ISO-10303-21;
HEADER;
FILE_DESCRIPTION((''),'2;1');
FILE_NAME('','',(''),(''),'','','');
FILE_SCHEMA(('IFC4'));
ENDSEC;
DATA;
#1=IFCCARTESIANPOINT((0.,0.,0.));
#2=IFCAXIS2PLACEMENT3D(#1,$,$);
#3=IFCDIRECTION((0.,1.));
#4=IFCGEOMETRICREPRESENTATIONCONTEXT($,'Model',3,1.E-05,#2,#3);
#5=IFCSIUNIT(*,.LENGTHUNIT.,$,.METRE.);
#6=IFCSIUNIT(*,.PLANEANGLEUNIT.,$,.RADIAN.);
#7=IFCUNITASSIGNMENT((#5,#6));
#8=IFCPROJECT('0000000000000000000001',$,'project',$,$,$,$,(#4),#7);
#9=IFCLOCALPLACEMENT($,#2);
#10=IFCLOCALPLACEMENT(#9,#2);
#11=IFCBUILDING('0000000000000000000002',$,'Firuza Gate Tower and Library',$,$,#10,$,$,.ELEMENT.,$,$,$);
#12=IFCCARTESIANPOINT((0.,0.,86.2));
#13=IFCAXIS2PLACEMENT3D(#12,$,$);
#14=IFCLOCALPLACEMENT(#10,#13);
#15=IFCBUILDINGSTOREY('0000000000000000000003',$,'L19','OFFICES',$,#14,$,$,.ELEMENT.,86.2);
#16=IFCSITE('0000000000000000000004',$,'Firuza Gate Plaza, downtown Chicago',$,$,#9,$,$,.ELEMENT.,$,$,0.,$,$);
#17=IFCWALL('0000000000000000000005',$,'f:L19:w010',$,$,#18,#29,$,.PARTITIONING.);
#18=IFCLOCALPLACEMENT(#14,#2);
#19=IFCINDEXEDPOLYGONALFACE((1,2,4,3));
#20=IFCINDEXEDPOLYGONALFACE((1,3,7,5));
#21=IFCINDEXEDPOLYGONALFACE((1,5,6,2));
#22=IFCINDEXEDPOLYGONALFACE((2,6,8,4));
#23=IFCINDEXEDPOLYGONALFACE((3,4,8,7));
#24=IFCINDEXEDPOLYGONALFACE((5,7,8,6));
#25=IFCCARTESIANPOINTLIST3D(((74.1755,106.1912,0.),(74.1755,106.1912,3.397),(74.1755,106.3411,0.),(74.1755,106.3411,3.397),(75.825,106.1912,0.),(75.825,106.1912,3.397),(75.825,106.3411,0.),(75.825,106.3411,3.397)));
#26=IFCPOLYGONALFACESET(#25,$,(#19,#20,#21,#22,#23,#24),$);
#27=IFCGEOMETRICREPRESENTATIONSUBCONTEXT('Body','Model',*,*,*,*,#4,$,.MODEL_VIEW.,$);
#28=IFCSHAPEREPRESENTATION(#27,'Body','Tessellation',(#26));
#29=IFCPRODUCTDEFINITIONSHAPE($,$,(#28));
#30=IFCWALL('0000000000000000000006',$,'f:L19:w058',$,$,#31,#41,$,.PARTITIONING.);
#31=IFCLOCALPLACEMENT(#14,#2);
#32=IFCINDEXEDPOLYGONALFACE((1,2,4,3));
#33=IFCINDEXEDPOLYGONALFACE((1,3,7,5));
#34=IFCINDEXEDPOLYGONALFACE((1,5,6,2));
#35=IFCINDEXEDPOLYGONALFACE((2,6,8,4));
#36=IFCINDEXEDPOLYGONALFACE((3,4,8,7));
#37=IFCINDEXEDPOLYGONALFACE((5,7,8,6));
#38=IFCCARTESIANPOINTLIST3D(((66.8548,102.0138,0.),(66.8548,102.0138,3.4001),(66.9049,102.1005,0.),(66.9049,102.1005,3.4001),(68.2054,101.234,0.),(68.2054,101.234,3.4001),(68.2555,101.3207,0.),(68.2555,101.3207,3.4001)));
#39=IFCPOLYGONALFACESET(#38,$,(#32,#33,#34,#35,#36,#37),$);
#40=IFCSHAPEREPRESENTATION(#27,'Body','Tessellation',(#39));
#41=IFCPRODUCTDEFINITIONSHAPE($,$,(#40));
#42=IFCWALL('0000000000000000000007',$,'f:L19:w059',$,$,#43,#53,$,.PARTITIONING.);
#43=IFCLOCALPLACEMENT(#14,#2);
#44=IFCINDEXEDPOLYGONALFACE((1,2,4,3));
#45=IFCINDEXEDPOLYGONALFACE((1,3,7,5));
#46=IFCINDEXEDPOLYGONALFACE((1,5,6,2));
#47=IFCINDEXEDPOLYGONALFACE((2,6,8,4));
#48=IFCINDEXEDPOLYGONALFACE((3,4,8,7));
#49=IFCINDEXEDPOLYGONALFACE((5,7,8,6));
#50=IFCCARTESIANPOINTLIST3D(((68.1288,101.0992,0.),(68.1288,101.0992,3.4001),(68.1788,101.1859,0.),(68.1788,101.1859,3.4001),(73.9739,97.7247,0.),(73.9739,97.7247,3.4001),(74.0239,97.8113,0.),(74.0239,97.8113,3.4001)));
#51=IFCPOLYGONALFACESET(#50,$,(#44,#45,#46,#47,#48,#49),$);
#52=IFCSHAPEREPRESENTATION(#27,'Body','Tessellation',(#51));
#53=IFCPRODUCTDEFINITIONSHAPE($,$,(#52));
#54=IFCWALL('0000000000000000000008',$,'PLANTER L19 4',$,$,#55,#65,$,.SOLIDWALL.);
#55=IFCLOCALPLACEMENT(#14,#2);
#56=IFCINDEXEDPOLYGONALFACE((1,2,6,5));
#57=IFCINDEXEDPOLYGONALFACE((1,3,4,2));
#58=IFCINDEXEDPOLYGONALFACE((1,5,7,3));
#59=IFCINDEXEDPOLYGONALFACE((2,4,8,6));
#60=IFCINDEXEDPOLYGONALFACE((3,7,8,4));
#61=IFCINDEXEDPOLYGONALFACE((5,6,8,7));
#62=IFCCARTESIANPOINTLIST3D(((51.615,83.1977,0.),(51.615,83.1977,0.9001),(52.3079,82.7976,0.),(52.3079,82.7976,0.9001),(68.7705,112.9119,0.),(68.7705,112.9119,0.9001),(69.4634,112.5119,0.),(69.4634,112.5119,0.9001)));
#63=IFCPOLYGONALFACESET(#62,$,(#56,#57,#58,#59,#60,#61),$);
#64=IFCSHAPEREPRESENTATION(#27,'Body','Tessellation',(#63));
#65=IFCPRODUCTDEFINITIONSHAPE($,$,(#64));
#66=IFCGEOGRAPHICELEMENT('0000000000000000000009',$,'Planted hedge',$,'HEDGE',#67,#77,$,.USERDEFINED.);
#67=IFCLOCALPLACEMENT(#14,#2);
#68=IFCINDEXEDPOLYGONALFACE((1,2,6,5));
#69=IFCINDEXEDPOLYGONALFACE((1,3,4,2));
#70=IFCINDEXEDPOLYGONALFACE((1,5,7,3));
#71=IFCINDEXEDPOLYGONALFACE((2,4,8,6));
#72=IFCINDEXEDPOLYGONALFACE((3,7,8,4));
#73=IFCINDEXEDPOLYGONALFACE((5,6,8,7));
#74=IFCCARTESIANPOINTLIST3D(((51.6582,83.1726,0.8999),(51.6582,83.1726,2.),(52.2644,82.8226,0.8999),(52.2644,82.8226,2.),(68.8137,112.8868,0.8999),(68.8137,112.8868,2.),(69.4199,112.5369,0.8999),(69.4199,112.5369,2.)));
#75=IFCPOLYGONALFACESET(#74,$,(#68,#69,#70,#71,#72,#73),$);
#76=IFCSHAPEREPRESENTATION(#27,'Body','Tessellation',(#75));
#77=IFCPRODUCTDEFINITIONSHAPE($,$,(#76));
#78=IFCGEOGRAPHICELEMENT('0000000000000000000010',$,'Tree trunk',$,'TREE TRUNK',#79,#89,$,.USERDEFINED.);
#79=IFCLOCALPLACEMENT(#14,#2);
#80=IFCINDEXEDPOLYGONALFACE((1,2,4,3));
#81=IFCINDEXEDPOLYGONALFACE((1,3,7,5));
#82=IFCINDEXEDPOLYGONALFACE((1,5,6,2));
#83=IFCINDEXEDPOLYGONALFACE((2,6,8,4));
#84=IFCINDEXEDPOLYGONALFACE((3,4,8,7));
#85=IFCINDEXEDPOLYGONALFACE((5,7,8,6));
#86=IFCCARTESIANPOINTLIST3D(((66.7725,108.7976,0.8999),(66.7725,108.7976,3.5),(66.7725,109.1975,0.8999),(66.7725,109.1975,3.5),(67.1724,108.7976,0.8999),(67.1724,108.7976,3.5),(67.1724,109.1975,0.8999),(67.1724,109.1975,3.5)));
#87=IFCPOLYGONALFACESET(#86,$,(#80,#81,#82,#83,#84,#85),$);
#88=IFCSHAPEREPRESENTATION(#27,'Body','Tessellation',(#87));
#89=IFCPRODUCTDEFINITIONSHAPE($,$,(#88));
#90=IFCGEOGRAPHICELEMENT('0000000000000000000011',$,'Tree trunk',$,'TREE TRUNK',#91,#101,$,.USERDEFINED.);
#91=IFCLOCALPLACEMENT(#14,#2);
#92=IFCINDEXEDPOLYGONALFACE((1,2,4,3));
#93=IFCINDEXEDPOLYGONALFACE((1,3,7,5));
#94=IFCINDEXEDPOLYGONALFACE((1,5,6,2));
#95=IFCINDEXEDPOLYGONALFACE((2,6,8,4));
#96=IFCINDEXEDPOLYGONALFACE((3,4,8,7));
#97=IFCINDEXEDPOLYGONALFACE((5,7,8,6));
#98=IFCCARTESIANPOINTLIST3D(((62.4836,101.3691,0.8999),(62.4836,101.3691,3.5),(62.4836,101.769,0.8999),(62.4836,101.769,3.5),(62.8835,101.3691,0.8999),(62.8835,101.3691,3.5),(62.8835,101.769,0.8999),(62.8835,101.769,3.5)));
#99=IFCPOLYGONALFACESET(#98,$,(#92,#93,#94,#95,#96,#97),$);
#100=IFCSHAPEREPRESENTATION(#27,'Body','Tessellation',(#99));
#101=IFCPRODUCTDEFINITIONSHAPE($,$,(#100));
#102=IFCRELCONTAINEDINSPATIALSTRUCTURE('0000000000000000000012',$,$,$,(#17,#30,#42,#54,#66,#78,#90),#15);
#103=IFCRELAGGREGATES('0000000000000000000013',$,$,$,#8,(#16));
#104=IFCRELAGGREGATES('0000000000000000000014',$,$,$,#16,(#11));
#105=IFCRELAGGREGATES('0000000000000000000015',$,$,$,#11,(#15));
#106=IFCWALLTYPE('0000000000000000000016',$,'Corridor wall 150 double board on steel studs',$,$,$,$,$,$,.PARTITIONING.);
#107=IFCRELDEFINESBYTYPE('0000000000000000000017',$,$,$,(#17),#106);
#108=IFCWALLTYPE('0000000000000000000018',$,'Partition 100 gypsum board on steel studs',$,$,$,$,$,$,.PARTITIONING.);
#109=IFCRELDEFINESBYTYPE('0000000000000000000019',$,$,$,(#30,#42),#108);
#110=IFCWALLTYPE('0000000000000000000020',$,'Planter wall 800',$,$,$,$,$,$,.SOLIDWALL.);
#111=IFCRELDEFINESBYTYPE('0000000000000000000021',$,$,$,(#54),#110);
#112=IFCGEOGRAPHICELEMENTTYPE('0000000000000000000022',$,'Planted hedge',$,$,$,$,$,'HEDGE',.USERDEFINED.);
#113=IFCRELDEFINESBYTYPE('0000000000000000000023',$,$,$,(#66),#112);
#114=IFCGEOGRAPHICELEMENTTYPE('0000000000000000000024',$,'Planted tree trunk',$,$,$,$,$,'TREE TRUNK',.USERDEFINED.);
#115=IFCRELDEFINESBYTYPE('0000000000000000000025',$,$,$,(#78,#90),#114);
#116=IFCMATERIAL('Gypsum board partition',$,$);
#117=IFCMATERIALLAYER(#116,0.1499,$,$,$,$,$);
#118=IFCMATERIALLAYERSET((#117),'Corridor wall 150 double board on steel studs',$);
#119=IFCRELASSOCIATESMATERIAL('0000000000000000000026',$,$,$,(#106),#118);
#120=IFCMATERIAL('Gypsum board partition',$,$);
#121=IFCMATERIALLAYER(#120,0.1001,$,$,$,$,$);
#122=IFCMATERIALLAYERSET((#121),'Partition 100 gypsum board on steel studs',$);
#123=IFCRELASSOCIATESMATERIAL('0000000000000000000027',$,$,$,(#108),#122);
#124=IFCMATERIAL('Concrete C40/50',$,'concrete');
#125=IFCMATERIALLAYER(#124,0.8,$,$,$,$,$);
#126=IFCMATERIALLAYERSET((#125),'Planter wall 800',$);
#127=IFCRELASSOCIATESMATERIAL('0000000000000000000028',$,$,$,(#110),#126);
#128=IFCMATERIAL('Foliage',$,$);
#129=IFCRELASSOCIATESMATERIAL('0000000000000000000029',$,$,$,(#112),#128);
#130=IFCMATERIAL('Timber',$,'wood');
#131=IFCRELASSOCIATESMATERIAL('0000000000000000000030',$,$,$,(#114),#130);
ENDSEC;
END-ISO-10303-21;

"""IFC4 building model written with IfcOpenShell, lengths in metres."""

from ifc_helpers import new_model, si_unit, direction, frame, frame_2d, origin, origin_2d, place, context, subcontext, project, spatial, rectangle, extrude, material, layer, layer_set, type_object, element, save


model = new_model("IFC4")

# Units and contexts
model_context = context("Model", 3, precision=1e-05, world=origin(), true_north=direction((0.0, 1.0)))
body_context = subcontext(model_context, "Body", "Model", "MODEL_VIEW")
ifc_project = project(units=[si_unit("LENGTHUNIT", "METRE"), si_unit("PLANEANGLEUNIT", "RADIAN")], contexts=[model_context])

# Site, building, storey
site_placement = place(None, origin())
site = spatial("IfcSite", under=ifc_project, at=site_placement, Name="Firuza Gate Plaza, downtown Chicago", CompositionType="ELEMENT", RefElevation=0.0)
building_placement = place(site_placement, origin())
building = spatial("IfcBuilding", under=site, at=building_placement, Name="Firuza Gate Tower and Library", CompositionType="ELEMENT")
storey_placement = place(building_placement, frame((0.0, 0.0, 86.2)))
storey = spatial("IfcBuildingStorey", under=building, at=storey_placement, Name="L19", Description="OFFICES", CompositionType="ELEMENT", Elevation=86.2)

# Walls
ifc_material_1 = material(Name="Gypsum board partition")
ifc_layer_1 = layer(ifc_material_1, 0.1499)
ifc_layer_set_1 = layer_set([ifc_layer_1], Name="Corridor wall 150 double board on steel studs")
wall_type_1 = type_object("IfcWallType", Name="Corridor wall 150 double board on steel studs", PredefinedType="PARTITIONING", material=ifc_layer_set_1)
wall_1_placement = place(storey_placement, frame((74.1755, 106.2661, 0.0), z_axis=(0.0, 0.0, 1.0), x_axis=(1.0, 0.0, 0.0)))
element("IfcWall", 1, at=wall_1_placement, inside=storey, type_object=wall_type_1, Name="f:L19:w010", PredefinedType="PARTITIONING", context=body_context, shape_type="SweptSolid", body=[
    extrude(rectangle(XDim=1.6494, YDim=0.1499, at=frame_2d((0.8247, 0.0))), origin(), (0.0, 0.0, 1.0), 3.397),
])
ifc_material_2 = material(Name="Gypsum board partition")
ifc_layer_2 = layer(ifc_material_2, 0.1001)
ifc_layer_set_2 = layer_set([ifc_layer_2], Name="Partition 100 gypsum board on steel studs")
wall_type_2 = type_object("IfcWallType", Name="Partition 100 gypsum board on steel studs", PredefinedType="PARTITIONING", material=ifc_layer_set_2)
wall_2_placement = place(storey_placement, frame((68.2305, 101.2773, 0.0), z_axis=(0.0, 0.0, 1.0), x_axis=(-0.866019, 0.500012, 0.0)))
element("IfcWall", 2, at=wall_2_placement, inside=storey, type_object=wall_type_2, Name="f:L19:w058", PredefinedType="PARTITIONING", context=body_context, shape_type="SweptSolid", body=[
    extrude(rectangle(XDim=1.5596, YDim=0.1001, at=frame_2d((0.7798, 0.0))), origin(), (0.0, 0.0, 1.0), 3.4001),
])
wall_3_placement = place(storey_placement, frame((73.9988, 97.7681, 0.0), z_axis=(0.0, 0.0, 1.0), x_axis=(-0.866031, 0.499991, 0.0)))
element("IfcWall", 3, at=wall_3_placement, inside=storey, type_object=wall_type_2, Name="f:L19:w059", PredefinedType="PARTITIONING", context=body_context, shape_type="SweptSolid", body=[
    extrude(rectangle(XDim=6.7493, YDim=0.1001, at=frame_2d((3.3745, 0.0))), origin(), (0.0, 0.0, 1.0), 3.4001),
])
ifc_material_3 = material(Name="Concrete C40/50", Category="concrete")
ifc_layer_3 = layer(ifc_material_3, 0.8)
ifc_layer_set_3 = layer_set([ifc_layer_3], Name="Planter wall 800")
wall_type_3 = type_object("IfcWallType", Name="Planter wall 800", PredefinedType="SOLIDWALL", material=ifc_layer_set_3)
wall_4_placement = place(storey_placement, frame((69.1169, 112.7119, 0.0), z_axis=(0.0, 0.0, 1.0), x_axis=(-0.499998, -0.866026, 0.0)))
element("IfcWall", 4, at=wall_4_placement, inside=storey, type_object=wall_type_3, Name="PLANTER L19 4", PredefinedType="SOLIDWALL", context=body_context, shape_type="SweptSolid", body=[
    extrude(rectangle(XDim=34.311, YDim=0.8, at=frame_2d((17.1555, 0.0))), origin(), (0.0, 0.0, 1.0), 0.9001),
])

# Geographic elements
ifc_material_4 = material(Name="Foliage")
geographic_element_type_1 = type_object("IfcGeographicElementType", Name="Planted hedge", ElementType="HEDGE", PredefinedType="USERDEFINED", material=ifc_material_4)
geographic_element_placement = place(storey_placement, frame((60.5391, 97.8547, 0.8999), z_axis=(0.0, 0.0, 1.0), x_axis=(-0.5, -0.866025, 0.0)))
element("IfcGeographicElement", 5, at=geographic_element_placement, inside=storey, type_object=geographic_element_type_1, Name="Planted hedge", ObjectType="HEDGE", PredefinedType="USERDEFINED", context=body_context, shape_type="SweptSolid", body=[
    extrude(rectangle(XDim=34.311, YDim=0.7, at=origin_2d()), origin(), (0.0, 0.0, 1.0), 1.1001),
])
ifc_material_5 = material(Name="Timber", Category="wood")
geographic_element_type_2 = type_object("IfcGeographicElementType", Name="Planted tree trunk", ElementType="TREE TRUNK", PredefinedType="USERDEFINED", material=ifc_material_5)
for number, where, z_axis, x_axis, name in (
    (6, (66.9724, 108.9976, 0.8999), (0.0, 0.0, 1.0), (1.0, 0.0, 0.0), "Tree trunk"),
    (7, (62.6836, 101.5691, 0.8999), (0.0, 0.0, 1.0), (1.0, 0.0, 0.0), "Tree trunk"),
):
    element("IfcGeographicElement", number, at=place(storey_placement, frame(where, z_axis=z_axis, x_axis=x_axis)), inside=storey, type_object=geographic_element_type_2, Name=name, ObjectType="TREE TRUNK", PredefinedType="USERDEFINED", context=body_context, shape_type="SweptSolid", body=[
        extrude(rectangle(XDim=0.3999, YDim=0.3999, at=origin_2d()), origin(), (0.0, 0.0, 1.0), 2.6001),
    ])

save(model, "model.ifc")
